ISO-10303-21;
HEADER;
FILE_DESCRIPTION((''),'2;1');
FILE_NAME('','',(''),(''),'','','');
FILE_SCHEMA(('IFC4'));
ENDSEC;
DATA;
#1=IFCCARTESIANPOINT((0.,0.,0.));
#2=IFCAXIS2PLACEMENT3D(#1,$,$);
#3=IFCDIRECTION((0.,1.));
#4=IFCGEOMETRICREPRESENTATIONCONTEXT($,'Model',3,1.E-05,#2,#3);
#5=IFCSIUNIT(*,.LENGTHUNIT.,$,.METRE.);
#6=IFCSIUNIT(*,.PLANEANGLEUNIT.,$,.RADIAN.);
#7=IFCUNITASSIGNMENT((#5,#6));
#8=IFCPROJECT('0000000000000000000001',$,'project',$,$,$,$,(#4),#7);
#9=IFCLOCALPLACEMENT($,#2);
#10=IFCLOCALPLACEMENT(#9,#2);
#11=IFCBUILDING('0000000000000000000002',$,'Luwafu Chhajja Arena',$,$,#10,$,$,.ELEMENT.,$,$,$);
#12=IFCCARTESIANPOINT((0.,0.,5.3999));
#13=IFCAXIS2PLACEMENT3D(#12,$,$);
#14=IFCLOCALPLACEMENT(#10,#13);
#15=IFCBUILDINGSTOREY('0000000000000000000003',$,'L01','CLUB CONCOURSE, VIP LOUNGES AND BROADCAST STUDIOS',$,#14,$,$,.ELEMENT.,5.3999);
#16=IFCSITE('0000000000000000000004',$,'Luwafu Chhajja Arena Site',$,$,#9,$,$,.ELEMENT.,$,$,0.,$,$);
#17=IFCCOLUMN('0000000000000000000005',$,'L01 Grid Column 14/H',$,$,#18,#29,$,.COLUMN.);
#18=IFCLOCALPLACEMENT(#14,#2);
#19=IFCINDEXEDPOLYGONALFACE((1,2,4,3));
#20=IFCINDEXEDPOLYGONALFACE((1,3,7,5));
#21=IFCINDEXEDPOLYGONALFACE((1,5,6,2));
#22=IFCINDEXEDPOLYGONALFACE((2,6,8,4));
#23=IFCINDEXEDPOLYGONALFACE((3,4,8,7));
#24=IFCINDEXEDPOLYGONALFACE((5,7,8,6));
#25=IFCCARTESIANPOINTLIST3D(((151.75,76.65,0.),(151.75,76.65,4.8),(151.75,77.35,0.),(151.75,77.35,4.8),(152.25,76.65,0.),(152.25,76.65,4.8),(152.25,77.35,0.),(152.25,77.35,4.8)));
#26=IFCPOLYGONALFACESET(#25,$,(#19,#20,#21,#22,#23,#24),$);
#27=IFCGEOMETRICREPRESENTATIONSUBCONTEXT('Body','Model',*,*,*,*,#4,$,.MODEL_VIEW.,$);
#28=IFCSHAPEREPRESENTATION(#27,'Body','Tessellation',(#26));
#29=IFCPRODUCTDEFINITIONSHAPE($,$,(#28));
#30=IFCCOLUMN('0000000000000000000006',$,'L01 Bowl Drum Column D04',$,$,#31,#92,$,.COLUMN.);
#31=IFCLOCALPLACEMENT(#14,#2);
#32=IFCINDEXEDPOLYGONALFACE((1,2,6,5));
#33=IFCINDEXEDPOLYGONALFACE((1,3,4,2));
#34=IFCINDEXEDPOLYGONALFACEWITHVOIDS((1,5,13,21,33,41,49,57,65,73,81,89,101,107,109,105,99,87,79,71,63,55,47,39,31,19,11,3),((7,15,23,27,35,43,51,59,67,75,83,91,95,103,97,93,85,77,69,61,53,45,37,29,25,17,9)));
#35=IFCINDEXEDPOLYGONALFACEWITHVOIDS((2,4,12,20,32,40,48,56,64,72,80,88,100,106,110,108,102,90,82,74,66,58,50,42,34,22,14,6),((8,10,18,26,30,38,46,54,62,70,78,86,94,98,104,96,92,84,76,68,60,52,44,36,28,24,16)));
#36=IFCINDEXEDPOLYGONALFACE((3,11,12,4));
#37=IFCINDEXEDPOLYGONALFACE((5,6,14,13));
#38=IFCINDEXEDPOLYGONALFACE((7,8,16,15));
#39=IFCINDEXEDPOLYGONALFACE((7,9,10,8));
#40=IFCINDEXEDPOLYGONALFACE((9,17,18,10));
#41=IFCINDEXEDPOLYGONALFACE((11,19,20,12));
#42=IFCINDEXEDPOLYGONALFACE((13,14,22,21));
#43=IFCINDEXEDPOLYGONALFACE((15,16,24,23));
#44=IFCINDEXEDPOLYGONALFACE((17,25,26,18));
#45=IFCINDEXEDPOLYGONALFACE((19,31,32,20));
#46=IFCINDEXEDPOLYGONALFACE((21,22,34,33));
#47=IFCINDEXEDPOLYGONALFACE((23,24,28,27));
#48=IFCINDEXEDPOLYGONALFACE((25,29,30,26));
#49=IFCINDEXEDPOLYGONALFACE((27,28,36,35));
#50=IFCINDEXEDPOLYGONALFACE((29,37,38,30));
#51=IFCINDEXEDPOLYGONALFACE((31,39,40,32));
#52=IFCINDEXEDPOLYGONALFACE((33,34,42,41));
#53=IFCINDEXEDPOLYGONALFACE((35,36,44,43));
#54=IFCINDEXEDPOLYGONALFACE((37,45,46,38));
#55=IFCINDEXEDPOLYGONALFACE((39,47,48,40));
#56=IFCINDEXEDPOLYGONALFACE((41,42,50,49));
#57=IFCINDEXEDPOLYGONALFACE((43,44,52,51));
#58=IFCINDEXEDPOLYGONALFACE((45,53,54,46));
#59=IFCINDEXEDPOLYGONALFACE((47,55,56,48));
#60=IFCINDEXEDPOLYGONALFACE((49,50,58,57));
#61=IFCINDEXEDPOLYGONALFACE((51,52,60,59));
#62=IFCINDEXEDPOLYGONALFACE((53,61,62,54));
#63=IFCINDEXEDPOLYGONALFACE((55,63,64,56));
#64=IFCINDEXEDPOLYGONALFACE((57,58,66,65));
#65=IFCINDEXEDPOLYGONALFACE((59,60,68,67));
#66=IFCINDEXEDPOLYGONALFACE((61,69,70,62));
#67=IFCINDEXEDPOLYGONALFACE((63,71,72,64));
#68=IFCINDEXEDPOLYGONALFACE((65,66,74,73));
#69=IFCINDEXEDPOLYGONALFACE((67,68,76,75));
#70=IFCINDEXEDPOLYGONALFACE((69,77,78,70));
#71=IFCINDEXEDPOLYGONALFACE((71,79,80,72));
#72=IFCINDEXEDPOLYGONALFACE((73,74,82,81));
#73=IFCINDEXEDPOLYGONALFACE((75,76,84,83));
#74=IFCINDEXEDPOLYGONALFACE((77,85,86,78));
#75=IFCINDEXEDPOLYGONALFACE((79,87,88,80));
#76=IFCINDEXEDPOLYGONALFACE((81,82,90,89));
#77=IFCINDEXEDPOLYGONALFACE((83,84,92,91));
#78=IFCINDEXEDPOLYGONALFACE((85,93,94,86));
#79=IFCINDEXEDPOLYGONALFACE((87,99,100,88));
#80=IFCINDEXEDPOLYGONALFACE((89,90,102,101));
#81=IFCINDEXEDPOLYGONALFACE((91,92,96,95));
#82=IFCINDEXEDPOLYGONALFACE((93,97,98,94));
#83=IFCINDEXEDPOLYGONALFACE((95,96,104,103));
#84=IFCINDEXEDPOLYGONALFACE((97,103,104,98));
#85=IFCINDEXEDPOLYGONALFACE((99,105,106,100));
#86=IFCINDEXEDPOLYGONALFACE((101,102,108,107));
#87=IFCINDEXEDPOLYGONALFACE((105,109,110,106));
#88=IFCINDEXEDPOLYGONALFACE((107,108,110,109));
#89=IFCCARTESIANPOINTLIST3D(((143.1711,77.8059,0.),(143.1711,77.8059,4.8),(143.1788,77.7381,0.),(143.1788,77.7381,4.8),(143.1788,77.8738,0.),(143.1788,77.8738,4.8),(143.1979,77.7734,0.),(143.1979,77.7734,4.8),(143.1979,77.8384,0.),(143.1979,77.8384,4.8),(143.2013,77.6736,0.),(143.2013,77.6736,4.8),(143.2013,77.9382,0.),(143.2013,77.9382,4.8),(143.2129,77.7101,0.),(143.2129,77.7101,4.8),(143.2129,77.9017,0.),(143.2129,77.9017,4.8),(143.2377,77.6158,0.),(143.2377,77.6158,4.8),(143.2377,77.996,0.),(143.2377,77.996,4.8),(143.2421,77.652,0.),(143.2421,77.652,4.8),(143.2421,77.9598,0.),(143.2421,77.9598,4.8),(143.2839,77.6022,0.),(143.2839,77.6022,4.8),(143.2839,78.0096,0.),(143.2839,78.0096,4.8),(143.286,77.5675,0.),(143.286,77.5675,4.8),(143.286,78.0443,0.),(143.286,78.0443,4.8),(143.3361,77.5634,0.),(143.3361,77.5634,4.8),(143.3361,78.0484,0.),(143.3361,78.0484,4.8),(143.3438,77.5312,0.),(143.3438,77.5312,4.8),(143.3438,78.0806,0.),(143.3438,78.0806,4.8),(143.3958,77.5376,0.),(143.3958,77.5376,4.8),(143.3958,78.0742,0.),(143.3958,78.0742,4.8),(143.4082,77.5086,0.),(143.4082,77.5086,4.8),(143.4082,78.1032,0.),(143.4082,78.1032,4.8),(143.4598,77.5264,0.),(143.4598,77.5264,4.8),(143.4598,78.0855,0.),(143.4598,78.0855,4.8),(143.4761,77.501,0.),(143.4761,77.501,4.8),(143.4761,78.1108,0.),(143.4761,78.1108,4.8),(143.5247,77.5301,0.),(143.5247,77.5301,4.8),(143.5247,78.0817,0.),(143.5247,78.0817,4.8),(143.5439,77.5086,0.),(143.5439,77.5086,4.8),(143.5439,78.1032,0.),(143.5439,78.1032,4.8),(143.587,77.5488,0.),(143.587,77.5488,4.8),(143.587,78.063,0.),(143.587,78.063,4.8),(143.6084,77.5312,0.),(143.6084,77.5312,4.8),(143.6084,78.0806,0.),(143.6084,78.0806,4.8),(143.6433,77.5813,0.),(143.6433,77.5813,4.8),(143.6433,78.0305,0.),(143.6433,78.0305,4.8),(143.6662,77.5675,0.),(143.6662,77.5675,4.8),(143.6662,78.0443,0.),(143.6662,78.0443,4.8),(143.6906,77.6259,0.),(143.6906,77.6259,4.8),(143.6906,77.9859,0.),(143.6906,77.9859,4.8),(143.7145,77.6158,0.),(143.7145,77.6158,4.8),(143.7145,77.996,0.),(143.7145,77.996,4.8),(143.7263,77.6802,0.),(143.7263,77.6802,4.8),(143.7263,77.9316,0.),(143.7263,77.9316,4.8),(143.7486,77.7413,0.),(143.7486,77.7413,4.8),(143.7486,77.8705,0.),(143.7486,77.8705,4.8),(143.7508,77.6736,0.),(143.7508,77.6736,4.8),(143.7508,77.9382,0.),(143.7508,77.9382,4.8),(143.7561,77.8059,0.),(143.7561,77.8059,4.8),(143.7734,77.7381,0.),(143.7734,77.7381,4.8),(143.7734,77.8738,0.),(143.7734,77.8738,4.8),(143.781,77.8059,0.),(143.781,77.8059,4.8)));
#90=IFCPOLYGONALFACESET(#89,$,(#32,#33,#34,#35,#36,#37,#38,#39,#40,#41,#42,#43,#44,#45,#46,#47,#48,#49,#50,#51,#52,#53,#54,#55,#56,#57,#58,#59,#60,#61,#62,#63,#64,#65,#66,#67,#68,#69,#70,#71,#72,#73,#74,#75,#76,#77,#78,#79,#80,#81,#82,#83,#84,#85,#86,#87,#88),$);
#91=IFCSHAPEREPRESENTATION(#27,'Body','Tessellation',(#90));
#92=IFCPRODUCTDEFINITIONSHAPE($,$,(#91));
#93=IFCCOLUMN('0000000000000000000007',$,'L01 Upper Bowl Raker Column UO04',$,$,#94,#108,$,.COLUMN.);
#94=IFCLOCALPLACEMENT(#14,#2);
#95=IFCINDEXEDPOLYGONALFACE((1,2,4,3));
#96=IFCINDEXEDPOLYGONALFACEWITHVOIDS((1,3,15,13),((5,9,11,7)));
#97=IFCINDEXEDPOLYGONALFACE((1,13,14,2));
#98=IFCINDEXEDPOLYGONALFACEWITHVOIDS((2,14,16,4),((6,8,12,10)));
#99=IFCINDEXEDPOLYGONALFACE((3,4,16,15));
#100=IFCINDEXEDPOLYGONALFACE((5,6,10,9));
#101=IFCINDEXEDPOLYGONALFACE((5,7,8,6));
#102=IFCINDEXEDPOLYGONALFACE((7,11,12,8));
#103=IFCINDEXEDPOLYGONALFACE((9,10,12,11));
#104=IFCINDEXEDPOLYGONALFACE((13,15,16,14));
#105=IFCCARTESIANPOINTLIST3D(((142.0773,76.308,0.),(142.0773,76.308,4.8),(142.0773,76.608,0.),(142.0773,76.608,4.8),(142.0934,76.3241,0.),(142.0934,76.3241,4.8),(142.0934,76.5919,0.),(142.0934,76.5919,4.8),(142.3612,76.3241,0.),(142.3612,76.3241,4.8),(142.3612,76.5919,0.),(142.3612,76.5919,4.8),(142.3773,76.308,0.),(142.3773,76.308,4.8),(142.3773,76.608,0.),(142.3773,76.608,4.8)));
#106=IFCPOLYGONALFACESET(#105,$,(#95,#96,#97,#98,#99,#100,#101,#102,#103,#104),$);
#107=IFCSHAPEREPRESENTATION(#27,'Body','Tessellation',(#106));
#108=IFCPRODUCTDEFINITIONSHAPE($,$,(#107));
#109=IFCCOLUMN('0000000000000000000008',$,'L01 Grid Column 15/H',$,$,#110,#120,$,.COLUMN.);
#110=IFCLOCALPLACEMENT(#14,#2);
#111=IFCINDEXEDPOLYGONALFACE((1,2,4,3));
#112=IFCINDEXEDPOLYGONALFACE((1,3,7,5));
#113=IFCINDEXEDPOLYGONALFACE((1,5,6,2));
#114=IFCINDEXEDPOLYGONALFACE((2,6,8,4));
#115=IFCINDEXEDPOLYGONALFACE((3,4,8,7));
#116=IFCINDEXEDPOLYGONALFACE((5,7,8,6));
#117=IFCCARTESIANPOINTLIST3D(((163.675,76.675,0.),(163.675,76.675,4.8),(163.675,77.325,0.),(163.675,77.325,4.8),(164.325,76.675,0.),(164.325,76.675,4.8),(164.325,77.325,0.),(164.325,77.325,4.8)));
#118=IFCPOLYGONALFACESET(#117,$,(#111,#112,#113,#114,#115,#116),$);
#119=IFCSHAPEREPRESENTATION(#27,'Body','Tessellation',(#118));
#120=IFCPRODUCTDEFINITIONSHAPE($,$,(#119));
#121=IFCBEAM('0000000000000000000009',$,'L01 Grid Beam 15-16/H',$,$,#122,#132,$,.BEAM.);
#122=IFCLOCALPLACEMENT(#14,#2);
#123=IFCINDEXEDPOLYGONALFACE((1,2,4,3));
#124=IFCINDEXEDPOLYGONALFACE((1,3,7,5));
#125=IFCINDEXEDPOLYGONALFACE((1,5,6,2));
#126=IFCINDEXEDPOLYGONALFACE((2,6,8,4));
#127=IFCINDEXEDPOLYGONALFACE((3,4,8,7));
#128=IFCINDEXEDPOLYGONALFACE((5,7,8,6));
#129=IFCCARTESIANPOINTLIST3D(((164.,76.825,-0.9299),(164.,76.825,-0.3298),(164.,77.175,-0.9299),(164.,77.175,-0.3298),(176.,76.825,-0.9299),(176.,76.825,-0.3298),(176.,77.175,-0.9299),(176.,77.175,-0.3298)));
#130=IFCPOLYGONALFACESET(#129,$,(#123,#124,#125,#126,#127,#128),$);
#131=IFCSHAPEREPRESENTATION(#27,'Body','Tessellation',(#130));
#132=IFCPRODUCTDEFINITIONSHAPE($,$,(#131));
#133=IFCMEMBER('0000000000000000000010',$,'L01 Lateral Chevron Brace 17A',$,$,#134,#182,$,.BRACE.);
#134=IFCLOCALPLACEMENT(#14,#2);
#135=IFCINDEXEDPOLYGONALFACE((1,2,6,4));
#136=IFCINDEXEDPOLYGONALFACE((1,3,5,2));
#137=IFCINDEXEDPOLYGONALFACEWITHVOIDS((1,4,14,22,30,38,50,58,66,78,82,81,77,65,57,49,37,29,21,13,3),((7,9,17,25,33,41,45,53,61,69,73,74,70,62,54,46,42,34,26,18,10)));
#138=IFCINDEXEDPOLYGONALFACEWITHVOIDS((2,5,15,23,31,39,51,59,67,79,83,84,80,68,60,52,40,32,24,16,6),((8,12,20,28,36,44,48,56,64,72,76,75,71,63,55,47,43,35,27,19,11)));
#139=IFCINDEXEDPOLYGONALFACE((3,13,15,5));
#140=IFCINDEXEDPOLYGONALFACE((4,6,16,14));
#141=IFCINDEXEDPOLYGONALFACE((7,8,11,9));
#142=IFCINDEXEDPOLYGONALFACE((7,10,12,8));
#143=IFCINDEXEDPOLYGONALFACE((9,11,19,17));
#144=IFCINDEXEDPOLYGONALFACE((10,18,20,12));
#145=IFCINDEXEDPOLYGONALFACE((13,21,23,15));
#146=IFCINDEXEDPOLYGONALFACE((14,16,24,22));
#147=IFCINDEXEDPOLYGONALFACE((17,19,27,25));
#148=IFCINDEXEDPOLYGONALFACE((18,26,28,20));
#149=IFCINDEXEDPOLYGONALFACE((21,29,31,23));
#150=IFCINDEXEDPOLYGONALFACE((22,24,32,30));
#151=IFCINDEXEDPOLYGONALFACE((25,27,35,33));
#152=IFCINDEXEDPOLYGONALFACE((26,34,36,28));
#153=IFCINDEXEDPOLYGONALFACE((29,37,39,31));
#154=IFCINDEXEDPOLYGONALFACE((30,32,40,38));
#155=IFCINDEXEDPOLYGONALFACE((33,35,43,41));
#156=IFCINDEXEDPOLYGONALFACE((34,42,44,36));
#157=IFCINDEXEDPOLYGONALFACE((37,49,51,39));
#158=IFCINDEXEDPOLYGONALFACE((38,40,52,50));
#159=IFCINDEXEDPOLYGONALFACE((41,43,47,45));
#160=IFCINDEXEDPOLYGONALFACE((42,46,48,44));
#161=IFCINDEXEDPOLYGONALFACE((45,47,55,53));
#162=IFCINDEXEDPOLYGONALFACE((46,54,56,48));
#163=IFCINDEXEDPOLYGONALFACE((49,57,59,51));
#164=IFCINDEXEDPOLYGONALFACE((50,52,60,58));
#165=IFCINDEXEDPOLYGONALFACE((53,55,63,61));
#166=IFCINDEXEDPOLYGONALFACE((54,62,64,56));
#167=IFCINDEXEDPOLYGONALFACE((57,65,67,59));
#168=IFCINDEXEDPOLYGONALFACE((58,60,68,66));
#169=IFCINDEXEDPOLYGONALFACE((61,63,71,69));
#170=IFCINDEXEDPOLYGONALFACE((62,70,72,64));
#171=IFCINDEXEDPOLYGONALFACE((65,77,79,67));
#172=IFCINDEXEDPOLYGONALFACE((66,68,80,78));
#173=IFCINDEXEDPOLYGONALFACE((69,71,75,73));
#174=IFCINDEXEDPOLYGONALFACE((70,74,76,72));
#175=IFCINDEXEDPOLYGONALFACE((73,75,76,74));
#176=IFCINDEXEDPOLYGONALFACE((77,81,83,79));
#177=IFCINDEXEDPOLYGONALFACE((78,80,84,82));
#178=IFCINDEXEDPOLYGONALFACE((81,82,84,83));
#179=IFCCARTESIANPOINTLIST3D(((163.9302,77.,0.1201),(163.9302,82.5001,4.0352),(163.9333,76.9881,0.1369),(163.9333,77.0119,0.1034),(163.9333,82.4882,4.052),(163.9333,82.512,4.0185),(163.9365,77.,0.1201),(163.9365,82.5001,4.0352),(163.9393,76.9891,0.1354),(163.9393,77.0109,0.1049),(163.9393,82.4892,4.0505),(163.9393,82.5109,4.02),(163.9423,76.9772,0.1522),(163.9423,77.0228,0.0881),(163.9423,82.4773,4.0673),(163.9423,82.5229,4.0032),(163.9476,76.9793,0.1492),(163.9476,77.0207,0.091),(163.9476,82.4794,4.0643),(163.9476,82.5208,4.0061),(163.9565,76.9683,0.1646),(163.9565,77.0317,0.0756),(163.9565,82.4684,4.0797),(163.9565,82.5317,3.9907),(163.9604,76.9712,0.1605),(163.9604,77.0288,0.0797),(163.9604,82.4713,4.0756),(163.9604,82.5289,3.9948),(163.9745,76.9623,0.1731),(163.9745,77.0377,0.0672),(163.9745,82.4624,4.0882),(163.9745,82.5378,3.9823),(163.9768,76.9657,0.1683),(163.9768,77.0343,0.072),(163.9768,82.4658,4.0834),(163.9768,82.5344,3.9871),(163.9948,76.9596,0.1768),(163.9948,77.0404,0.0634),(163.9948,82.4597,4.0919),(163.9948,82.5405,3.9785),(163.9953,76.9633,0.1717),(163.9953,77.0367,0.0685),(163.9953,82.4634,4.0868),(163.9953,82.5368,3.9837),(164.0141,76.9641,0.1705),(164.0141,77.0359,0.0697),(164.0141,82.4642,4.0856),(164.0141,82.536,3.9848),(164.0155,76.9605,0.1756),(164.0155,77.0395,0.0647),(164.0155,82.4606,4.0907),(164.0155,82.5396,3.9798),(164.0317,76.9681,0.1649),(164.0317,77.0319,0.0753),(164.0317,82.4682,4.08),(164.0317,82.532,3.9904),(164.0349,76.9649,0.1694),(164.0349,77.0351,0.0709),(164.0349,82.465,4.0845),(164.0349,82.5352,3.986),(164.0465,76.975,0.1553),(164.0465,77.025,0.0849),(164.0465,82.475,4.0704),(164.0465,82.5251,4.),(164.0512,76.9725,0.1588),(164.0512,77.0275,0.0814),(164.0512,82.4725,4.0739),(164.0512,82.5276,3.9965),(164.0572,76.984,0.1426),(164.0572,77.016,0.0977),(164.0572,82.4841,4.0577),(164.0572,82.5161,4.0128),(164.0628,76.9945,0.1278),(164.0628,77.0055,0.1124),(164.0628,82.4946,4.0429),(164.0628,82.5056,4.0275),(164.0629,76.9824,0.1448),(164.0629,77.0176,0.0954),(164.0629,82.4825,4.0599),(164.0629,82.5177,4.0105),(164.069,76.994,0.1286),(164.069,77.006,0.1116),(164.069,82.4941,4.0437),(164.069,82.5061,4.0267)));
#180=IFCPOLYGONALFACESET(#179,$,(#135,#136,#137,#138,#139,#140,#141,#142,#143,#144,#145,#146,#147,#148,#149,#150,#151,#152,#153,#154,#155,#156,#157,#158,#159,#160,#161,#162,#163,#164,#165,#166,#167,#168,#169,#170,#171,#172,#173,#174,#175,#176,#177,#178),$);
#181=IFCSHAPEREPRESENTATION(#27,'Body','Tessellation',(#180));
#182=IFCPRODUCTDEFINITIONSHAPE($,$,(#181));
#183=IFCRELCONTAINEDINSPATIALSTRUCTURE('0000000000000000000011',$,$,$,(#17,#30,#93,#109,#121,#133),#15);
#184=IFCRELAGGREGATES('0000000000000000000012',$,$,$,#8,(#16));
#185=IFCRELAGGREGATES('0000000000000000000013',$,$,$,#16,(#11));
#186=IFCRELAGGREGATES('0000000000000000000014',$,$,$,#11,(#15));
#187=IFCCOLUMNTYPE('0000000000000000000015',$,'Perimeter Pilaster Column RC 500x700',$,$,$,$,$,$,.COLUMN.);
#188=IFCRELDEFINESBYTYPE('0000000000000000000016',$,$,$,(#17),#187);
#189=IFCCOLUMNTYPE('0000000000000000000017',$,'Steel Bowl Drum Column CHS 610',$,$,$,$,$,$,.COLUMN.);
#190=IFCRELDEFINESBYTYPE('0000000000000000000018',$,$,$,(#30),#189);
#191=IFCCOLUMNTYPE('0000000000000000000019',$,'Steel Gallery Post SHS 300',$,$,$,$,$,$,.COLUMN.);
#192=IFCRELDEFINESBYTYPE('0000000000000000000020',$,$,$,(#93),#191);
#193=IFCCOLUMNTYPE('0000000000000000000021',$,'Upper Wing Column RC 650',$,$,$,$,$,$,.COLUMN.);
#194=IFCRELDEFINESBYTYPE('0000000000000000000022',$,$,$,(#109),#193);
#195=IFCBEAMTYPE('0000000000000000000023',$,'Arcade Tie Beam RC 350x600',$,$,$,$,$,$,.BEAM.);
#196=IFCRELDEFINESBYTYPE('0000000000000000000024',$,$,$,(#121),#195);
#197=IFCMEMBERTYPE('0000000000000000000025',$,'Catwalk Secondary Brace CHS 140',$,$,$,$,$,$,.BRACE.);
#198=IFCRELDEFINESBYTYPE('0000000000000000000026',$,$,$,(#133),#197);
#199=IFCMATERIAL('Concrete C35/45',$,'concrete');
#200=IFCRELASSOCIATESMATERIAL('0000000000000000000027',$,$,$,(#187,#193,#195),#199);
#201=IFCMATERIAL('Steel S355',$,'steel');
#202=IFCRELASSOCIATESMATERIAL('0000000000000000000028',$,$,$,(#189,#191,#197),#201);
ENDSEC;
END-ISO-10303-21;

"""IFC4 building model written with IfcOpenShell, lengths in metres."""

from ifc_helpers import new_model, si_unit, direction, frame, origin, origin_2d, place, context, subcontext, project, spatial, rectangle, hollow_rectangle, hollow_circle, extrude, material, material_profile, profile_set, type_object, element, save


model = new_model("IFC4")

# Units and contexts
model_context = context("Model", 3, precision=1e-05, world=origin(), true_north=direction((0.0, 1.0)))
body_context = subcontext(model_context, "Body", "Model", "MODEL_VIEW")
ifc_project = project(units=[si_unit("LENGTHUNIT", "METRE"), si_unit("PLANEANGLEUNIT", "RADIAN")], contexts=[model_context])

# Site, building, storey
site_placement = place(None, origin())
site = spatial("IfcSite", under=ifc_project, at=site_placement, Name="Luwafu Chhajja Arena Site", CompositionType="ELEMENT", RefElevation=0.0)
building_placement = place(site_placement, origin())
building = spatial("IfcBuilding", under=site, at=building_placement, Name="Luwafu Chhajja Arena", CompositionType="ELEMENT")
storey_placement = place(building_placement, frame((0.0, 0.0, 5.3999)))
storey = spatial("IfcBuildingStorey", under=building, at=storey_placement, Name="L01", Description="CLUB CONCOURSE, VIP LOUNGES AND BROADCAST STUDIOS", CompositionType="ELEMENT", Elevation=5.3999)

# Columns
ifc_material_1 = material(Name="Concrete C35/45", Category="concrete")
ifc_material_profile_1 = material_profile(ifc_material_1, rectangle(XDim=0.5, YDim=0.7, at=origin_2d()), Name="RC 500x700")
ifc_profile_set_1 = profile_set([ifc_material_profile_1], Name="Concrete C35/45")
column_type_1 = type_object("IfcColumnType", Name="Perimeter Pilaster Column RC 500x700", PredefinedType="COLUMN", material=ifc_profile_set_1)
column_1_placement = place(storey_placement, frame((152.0, 77.0, 0.0), z_axis=(0.0, 0.0, 1.0), x_axis=(1.0, 0.0, 0.0)))
element("IfcColumn", 1, at=column_1_placement, inside=storey, type_object=column_type_1, Name="L01 Grid Column 14/H", PredefinedType="COLUMN", context=body_context, shape_type="SweptSolid", body=[
    extrude(rectangle(XDim=0.5, YDim=0.7, at=origin_2d()), origin(), (0.0, 0.0, 1.0), 4.8),
])
ifc_material_2 = material(Name="Steel S355", Category="steel")
ifc_material_profile_2 = material_profile(ifc_material_2, hollow_circle(Radius=0.3049, WallThickness=0.0249, at=origin_2d()), Name="CHS 610x25")
ifc_profile_set_2 = profile_set([ifc_material_profile_2], Name="Steel S355")
column_type_2 = type_object("IfcColumnType", Name="Steel Bowl Drum Column CHS 610", PredefinedType="COLUMN", material=ifc_profile_set_2)
column_2_placement = place(storey_placement, frame((143.4761, 77.8059, 0.0), z_axis=(0.0, 0.0, 1.0), x_axis=(1.0, 0.0, 0.0)))
element("IfcColumn", 2, at=column_2_placement, inside=storey, type_object=column_type_2, Name="L01 Bowl Drum Column D04", PredefinedType="COLUMN", context=body_context, shape_type="SweptSolid", body=[
    extrude(hollow_circle(Radius=0.3049, WallThickness=0.0249, at=origin_2d()), origin(), (0.0, 0.0, 1.0), 4.8),
])
ifc_material_profile_3 = material_profile(ifc_material_2, hollow_rectangle(XDim=0.3, YDim=0.3, WallThickness=0.0161, at=origin_2d()), Name="SHS 300x300x16")
ifc_profile_set_3 = profile_set([ifc_material_profile_3], Name="Steel S355")
column_type_3 = type_object("IfcColumnType", Name="Steel Gallery Post SHS 300", PredefinedType="COLUMN", material=ifc_profile_set_3)
column_3_placement = place(storey_placement, frame((142.2273, 76.458, 0.0), z_axis=(0.0, 0.0, 1.0), x_axis=(1.0, 0.0, 0.0)))
element("IfcColumn", 3, at=column_3_placement, inside=storey, type_object=column_type_3, Name="L01 Upper Bowl Raker Column UO04", PredefinedType="COLUMN", context=body_context, shape_type="SweptSolid", body=[
    extrude(hollow_rectangle(XDim=0.3, YDim=0.3, WallThickness=0.0161, at=origin_2d()), origin(), (0.0, 0.0, 1.0), 4.8),
])
ifc_material_profile_4 = material_profile(ifc_material_1, rectangle(XDim=0.6499, YDim=0.6499, at=origin_2d()), Name="RC 650x650")
ifc_profile_set_4 = profile_set([ifc_material_profile_4], Name="Concrete C35/45")
column_type_4 = type_object("IfcColumnType", Name="Upper Wing Column RC 650", PredefinedType="COLUMN", material=ifc_profile_set_4)
column_4_placement = place(storey_placement, frame((164.0, 77.0, 0.0), z_axis=(0.0, 0.0, 1.0), x_axis=(1.0, 0.0, 0.0)))
element("IfcColumn", 4, at=column_4_placement, inside=storey, type_object=column_type_4, Name="L01 Grid Column 15/H", PredefinedType="COLUMN", context=body_context, shape_type="SweptSolid", body=[
    extrude(rectangle(XDim=0.6499, YDim=0.6499, at=origin_2d()), origin(), (0.0, 0.0, 1.0), 4.8),
])

# Beam
ifc_material_profile_5 = material_profile(ifc_material_1, rectangle(XDim=0.3501, YDim=0.6001, at=origin_2d()), Name="RC 350x600")
ifc_profile_set_5 = profile_set([ifc_material_profile_5], Name="Concrete C35/45")
beam_type_1 = type_object("IfcBeamType", Name="Arcade Tie Beam RC 350x600", PredefinedType="BEAM", material=ifc_profile_set_5)
beam_1_placement = place(storey_placement, frame((164.0, 77.0, -0.6299), z_axis=(1.0, 0.0, 0.0), x_axis=(0.0, 1.0, 0.0)))
element("IfcBeam", 5, at=beam_1_placement, inside=storey, type_object=beam_type_1, Name="L01 Grid Beam 15-16/H", PredefinedType="BEAM", context=body_context, shape_type="SweptSolid", body=[
    extrude(rectangle(XDim=0.3501, YDim=0.6001, at=origin_2d()), origin(), (0.0, 0.0, 1.0), 12.0),
])

# Member
ifc_material_profile_6 = material_profile(ifc_material_2, hollow_circle(Radius=0.0698, WallThickness=0.0063, at=origin_2d()), Name="CHS 139.7x6.3")
ifc_profile_set_6 = profile_set([ifc_material_profile_6], Name="Steel S355")
member_type = type_object("IfcMemberType", Name="Catwalk Secondary Brace CHS 140", PredefinedType="BRACE", material=ifc_profile_set_6)
member_placement = place(storey_placement, frame((164.0, 77.0, 0.1201), z_axis=(0.0, 0.81468, 0.57991), x_axis=(-1.0, 0.0, 0.0)))
element("IfcMember", 6, at=member_placement, inside=storey, type_object=member_type, Name="L01 Lateral Chevron Brace 17A", PredefinedType="BRACE", context=body_context, shape_type="SweptSolid", body=[
    extrude(hollow_circle(Radius=0.0698, WallThickness=0.0063, at=origin_2d()), origin(), (0.0, 0.0, 1.0), 6.7512),
])

save(model, "model.ifc")
